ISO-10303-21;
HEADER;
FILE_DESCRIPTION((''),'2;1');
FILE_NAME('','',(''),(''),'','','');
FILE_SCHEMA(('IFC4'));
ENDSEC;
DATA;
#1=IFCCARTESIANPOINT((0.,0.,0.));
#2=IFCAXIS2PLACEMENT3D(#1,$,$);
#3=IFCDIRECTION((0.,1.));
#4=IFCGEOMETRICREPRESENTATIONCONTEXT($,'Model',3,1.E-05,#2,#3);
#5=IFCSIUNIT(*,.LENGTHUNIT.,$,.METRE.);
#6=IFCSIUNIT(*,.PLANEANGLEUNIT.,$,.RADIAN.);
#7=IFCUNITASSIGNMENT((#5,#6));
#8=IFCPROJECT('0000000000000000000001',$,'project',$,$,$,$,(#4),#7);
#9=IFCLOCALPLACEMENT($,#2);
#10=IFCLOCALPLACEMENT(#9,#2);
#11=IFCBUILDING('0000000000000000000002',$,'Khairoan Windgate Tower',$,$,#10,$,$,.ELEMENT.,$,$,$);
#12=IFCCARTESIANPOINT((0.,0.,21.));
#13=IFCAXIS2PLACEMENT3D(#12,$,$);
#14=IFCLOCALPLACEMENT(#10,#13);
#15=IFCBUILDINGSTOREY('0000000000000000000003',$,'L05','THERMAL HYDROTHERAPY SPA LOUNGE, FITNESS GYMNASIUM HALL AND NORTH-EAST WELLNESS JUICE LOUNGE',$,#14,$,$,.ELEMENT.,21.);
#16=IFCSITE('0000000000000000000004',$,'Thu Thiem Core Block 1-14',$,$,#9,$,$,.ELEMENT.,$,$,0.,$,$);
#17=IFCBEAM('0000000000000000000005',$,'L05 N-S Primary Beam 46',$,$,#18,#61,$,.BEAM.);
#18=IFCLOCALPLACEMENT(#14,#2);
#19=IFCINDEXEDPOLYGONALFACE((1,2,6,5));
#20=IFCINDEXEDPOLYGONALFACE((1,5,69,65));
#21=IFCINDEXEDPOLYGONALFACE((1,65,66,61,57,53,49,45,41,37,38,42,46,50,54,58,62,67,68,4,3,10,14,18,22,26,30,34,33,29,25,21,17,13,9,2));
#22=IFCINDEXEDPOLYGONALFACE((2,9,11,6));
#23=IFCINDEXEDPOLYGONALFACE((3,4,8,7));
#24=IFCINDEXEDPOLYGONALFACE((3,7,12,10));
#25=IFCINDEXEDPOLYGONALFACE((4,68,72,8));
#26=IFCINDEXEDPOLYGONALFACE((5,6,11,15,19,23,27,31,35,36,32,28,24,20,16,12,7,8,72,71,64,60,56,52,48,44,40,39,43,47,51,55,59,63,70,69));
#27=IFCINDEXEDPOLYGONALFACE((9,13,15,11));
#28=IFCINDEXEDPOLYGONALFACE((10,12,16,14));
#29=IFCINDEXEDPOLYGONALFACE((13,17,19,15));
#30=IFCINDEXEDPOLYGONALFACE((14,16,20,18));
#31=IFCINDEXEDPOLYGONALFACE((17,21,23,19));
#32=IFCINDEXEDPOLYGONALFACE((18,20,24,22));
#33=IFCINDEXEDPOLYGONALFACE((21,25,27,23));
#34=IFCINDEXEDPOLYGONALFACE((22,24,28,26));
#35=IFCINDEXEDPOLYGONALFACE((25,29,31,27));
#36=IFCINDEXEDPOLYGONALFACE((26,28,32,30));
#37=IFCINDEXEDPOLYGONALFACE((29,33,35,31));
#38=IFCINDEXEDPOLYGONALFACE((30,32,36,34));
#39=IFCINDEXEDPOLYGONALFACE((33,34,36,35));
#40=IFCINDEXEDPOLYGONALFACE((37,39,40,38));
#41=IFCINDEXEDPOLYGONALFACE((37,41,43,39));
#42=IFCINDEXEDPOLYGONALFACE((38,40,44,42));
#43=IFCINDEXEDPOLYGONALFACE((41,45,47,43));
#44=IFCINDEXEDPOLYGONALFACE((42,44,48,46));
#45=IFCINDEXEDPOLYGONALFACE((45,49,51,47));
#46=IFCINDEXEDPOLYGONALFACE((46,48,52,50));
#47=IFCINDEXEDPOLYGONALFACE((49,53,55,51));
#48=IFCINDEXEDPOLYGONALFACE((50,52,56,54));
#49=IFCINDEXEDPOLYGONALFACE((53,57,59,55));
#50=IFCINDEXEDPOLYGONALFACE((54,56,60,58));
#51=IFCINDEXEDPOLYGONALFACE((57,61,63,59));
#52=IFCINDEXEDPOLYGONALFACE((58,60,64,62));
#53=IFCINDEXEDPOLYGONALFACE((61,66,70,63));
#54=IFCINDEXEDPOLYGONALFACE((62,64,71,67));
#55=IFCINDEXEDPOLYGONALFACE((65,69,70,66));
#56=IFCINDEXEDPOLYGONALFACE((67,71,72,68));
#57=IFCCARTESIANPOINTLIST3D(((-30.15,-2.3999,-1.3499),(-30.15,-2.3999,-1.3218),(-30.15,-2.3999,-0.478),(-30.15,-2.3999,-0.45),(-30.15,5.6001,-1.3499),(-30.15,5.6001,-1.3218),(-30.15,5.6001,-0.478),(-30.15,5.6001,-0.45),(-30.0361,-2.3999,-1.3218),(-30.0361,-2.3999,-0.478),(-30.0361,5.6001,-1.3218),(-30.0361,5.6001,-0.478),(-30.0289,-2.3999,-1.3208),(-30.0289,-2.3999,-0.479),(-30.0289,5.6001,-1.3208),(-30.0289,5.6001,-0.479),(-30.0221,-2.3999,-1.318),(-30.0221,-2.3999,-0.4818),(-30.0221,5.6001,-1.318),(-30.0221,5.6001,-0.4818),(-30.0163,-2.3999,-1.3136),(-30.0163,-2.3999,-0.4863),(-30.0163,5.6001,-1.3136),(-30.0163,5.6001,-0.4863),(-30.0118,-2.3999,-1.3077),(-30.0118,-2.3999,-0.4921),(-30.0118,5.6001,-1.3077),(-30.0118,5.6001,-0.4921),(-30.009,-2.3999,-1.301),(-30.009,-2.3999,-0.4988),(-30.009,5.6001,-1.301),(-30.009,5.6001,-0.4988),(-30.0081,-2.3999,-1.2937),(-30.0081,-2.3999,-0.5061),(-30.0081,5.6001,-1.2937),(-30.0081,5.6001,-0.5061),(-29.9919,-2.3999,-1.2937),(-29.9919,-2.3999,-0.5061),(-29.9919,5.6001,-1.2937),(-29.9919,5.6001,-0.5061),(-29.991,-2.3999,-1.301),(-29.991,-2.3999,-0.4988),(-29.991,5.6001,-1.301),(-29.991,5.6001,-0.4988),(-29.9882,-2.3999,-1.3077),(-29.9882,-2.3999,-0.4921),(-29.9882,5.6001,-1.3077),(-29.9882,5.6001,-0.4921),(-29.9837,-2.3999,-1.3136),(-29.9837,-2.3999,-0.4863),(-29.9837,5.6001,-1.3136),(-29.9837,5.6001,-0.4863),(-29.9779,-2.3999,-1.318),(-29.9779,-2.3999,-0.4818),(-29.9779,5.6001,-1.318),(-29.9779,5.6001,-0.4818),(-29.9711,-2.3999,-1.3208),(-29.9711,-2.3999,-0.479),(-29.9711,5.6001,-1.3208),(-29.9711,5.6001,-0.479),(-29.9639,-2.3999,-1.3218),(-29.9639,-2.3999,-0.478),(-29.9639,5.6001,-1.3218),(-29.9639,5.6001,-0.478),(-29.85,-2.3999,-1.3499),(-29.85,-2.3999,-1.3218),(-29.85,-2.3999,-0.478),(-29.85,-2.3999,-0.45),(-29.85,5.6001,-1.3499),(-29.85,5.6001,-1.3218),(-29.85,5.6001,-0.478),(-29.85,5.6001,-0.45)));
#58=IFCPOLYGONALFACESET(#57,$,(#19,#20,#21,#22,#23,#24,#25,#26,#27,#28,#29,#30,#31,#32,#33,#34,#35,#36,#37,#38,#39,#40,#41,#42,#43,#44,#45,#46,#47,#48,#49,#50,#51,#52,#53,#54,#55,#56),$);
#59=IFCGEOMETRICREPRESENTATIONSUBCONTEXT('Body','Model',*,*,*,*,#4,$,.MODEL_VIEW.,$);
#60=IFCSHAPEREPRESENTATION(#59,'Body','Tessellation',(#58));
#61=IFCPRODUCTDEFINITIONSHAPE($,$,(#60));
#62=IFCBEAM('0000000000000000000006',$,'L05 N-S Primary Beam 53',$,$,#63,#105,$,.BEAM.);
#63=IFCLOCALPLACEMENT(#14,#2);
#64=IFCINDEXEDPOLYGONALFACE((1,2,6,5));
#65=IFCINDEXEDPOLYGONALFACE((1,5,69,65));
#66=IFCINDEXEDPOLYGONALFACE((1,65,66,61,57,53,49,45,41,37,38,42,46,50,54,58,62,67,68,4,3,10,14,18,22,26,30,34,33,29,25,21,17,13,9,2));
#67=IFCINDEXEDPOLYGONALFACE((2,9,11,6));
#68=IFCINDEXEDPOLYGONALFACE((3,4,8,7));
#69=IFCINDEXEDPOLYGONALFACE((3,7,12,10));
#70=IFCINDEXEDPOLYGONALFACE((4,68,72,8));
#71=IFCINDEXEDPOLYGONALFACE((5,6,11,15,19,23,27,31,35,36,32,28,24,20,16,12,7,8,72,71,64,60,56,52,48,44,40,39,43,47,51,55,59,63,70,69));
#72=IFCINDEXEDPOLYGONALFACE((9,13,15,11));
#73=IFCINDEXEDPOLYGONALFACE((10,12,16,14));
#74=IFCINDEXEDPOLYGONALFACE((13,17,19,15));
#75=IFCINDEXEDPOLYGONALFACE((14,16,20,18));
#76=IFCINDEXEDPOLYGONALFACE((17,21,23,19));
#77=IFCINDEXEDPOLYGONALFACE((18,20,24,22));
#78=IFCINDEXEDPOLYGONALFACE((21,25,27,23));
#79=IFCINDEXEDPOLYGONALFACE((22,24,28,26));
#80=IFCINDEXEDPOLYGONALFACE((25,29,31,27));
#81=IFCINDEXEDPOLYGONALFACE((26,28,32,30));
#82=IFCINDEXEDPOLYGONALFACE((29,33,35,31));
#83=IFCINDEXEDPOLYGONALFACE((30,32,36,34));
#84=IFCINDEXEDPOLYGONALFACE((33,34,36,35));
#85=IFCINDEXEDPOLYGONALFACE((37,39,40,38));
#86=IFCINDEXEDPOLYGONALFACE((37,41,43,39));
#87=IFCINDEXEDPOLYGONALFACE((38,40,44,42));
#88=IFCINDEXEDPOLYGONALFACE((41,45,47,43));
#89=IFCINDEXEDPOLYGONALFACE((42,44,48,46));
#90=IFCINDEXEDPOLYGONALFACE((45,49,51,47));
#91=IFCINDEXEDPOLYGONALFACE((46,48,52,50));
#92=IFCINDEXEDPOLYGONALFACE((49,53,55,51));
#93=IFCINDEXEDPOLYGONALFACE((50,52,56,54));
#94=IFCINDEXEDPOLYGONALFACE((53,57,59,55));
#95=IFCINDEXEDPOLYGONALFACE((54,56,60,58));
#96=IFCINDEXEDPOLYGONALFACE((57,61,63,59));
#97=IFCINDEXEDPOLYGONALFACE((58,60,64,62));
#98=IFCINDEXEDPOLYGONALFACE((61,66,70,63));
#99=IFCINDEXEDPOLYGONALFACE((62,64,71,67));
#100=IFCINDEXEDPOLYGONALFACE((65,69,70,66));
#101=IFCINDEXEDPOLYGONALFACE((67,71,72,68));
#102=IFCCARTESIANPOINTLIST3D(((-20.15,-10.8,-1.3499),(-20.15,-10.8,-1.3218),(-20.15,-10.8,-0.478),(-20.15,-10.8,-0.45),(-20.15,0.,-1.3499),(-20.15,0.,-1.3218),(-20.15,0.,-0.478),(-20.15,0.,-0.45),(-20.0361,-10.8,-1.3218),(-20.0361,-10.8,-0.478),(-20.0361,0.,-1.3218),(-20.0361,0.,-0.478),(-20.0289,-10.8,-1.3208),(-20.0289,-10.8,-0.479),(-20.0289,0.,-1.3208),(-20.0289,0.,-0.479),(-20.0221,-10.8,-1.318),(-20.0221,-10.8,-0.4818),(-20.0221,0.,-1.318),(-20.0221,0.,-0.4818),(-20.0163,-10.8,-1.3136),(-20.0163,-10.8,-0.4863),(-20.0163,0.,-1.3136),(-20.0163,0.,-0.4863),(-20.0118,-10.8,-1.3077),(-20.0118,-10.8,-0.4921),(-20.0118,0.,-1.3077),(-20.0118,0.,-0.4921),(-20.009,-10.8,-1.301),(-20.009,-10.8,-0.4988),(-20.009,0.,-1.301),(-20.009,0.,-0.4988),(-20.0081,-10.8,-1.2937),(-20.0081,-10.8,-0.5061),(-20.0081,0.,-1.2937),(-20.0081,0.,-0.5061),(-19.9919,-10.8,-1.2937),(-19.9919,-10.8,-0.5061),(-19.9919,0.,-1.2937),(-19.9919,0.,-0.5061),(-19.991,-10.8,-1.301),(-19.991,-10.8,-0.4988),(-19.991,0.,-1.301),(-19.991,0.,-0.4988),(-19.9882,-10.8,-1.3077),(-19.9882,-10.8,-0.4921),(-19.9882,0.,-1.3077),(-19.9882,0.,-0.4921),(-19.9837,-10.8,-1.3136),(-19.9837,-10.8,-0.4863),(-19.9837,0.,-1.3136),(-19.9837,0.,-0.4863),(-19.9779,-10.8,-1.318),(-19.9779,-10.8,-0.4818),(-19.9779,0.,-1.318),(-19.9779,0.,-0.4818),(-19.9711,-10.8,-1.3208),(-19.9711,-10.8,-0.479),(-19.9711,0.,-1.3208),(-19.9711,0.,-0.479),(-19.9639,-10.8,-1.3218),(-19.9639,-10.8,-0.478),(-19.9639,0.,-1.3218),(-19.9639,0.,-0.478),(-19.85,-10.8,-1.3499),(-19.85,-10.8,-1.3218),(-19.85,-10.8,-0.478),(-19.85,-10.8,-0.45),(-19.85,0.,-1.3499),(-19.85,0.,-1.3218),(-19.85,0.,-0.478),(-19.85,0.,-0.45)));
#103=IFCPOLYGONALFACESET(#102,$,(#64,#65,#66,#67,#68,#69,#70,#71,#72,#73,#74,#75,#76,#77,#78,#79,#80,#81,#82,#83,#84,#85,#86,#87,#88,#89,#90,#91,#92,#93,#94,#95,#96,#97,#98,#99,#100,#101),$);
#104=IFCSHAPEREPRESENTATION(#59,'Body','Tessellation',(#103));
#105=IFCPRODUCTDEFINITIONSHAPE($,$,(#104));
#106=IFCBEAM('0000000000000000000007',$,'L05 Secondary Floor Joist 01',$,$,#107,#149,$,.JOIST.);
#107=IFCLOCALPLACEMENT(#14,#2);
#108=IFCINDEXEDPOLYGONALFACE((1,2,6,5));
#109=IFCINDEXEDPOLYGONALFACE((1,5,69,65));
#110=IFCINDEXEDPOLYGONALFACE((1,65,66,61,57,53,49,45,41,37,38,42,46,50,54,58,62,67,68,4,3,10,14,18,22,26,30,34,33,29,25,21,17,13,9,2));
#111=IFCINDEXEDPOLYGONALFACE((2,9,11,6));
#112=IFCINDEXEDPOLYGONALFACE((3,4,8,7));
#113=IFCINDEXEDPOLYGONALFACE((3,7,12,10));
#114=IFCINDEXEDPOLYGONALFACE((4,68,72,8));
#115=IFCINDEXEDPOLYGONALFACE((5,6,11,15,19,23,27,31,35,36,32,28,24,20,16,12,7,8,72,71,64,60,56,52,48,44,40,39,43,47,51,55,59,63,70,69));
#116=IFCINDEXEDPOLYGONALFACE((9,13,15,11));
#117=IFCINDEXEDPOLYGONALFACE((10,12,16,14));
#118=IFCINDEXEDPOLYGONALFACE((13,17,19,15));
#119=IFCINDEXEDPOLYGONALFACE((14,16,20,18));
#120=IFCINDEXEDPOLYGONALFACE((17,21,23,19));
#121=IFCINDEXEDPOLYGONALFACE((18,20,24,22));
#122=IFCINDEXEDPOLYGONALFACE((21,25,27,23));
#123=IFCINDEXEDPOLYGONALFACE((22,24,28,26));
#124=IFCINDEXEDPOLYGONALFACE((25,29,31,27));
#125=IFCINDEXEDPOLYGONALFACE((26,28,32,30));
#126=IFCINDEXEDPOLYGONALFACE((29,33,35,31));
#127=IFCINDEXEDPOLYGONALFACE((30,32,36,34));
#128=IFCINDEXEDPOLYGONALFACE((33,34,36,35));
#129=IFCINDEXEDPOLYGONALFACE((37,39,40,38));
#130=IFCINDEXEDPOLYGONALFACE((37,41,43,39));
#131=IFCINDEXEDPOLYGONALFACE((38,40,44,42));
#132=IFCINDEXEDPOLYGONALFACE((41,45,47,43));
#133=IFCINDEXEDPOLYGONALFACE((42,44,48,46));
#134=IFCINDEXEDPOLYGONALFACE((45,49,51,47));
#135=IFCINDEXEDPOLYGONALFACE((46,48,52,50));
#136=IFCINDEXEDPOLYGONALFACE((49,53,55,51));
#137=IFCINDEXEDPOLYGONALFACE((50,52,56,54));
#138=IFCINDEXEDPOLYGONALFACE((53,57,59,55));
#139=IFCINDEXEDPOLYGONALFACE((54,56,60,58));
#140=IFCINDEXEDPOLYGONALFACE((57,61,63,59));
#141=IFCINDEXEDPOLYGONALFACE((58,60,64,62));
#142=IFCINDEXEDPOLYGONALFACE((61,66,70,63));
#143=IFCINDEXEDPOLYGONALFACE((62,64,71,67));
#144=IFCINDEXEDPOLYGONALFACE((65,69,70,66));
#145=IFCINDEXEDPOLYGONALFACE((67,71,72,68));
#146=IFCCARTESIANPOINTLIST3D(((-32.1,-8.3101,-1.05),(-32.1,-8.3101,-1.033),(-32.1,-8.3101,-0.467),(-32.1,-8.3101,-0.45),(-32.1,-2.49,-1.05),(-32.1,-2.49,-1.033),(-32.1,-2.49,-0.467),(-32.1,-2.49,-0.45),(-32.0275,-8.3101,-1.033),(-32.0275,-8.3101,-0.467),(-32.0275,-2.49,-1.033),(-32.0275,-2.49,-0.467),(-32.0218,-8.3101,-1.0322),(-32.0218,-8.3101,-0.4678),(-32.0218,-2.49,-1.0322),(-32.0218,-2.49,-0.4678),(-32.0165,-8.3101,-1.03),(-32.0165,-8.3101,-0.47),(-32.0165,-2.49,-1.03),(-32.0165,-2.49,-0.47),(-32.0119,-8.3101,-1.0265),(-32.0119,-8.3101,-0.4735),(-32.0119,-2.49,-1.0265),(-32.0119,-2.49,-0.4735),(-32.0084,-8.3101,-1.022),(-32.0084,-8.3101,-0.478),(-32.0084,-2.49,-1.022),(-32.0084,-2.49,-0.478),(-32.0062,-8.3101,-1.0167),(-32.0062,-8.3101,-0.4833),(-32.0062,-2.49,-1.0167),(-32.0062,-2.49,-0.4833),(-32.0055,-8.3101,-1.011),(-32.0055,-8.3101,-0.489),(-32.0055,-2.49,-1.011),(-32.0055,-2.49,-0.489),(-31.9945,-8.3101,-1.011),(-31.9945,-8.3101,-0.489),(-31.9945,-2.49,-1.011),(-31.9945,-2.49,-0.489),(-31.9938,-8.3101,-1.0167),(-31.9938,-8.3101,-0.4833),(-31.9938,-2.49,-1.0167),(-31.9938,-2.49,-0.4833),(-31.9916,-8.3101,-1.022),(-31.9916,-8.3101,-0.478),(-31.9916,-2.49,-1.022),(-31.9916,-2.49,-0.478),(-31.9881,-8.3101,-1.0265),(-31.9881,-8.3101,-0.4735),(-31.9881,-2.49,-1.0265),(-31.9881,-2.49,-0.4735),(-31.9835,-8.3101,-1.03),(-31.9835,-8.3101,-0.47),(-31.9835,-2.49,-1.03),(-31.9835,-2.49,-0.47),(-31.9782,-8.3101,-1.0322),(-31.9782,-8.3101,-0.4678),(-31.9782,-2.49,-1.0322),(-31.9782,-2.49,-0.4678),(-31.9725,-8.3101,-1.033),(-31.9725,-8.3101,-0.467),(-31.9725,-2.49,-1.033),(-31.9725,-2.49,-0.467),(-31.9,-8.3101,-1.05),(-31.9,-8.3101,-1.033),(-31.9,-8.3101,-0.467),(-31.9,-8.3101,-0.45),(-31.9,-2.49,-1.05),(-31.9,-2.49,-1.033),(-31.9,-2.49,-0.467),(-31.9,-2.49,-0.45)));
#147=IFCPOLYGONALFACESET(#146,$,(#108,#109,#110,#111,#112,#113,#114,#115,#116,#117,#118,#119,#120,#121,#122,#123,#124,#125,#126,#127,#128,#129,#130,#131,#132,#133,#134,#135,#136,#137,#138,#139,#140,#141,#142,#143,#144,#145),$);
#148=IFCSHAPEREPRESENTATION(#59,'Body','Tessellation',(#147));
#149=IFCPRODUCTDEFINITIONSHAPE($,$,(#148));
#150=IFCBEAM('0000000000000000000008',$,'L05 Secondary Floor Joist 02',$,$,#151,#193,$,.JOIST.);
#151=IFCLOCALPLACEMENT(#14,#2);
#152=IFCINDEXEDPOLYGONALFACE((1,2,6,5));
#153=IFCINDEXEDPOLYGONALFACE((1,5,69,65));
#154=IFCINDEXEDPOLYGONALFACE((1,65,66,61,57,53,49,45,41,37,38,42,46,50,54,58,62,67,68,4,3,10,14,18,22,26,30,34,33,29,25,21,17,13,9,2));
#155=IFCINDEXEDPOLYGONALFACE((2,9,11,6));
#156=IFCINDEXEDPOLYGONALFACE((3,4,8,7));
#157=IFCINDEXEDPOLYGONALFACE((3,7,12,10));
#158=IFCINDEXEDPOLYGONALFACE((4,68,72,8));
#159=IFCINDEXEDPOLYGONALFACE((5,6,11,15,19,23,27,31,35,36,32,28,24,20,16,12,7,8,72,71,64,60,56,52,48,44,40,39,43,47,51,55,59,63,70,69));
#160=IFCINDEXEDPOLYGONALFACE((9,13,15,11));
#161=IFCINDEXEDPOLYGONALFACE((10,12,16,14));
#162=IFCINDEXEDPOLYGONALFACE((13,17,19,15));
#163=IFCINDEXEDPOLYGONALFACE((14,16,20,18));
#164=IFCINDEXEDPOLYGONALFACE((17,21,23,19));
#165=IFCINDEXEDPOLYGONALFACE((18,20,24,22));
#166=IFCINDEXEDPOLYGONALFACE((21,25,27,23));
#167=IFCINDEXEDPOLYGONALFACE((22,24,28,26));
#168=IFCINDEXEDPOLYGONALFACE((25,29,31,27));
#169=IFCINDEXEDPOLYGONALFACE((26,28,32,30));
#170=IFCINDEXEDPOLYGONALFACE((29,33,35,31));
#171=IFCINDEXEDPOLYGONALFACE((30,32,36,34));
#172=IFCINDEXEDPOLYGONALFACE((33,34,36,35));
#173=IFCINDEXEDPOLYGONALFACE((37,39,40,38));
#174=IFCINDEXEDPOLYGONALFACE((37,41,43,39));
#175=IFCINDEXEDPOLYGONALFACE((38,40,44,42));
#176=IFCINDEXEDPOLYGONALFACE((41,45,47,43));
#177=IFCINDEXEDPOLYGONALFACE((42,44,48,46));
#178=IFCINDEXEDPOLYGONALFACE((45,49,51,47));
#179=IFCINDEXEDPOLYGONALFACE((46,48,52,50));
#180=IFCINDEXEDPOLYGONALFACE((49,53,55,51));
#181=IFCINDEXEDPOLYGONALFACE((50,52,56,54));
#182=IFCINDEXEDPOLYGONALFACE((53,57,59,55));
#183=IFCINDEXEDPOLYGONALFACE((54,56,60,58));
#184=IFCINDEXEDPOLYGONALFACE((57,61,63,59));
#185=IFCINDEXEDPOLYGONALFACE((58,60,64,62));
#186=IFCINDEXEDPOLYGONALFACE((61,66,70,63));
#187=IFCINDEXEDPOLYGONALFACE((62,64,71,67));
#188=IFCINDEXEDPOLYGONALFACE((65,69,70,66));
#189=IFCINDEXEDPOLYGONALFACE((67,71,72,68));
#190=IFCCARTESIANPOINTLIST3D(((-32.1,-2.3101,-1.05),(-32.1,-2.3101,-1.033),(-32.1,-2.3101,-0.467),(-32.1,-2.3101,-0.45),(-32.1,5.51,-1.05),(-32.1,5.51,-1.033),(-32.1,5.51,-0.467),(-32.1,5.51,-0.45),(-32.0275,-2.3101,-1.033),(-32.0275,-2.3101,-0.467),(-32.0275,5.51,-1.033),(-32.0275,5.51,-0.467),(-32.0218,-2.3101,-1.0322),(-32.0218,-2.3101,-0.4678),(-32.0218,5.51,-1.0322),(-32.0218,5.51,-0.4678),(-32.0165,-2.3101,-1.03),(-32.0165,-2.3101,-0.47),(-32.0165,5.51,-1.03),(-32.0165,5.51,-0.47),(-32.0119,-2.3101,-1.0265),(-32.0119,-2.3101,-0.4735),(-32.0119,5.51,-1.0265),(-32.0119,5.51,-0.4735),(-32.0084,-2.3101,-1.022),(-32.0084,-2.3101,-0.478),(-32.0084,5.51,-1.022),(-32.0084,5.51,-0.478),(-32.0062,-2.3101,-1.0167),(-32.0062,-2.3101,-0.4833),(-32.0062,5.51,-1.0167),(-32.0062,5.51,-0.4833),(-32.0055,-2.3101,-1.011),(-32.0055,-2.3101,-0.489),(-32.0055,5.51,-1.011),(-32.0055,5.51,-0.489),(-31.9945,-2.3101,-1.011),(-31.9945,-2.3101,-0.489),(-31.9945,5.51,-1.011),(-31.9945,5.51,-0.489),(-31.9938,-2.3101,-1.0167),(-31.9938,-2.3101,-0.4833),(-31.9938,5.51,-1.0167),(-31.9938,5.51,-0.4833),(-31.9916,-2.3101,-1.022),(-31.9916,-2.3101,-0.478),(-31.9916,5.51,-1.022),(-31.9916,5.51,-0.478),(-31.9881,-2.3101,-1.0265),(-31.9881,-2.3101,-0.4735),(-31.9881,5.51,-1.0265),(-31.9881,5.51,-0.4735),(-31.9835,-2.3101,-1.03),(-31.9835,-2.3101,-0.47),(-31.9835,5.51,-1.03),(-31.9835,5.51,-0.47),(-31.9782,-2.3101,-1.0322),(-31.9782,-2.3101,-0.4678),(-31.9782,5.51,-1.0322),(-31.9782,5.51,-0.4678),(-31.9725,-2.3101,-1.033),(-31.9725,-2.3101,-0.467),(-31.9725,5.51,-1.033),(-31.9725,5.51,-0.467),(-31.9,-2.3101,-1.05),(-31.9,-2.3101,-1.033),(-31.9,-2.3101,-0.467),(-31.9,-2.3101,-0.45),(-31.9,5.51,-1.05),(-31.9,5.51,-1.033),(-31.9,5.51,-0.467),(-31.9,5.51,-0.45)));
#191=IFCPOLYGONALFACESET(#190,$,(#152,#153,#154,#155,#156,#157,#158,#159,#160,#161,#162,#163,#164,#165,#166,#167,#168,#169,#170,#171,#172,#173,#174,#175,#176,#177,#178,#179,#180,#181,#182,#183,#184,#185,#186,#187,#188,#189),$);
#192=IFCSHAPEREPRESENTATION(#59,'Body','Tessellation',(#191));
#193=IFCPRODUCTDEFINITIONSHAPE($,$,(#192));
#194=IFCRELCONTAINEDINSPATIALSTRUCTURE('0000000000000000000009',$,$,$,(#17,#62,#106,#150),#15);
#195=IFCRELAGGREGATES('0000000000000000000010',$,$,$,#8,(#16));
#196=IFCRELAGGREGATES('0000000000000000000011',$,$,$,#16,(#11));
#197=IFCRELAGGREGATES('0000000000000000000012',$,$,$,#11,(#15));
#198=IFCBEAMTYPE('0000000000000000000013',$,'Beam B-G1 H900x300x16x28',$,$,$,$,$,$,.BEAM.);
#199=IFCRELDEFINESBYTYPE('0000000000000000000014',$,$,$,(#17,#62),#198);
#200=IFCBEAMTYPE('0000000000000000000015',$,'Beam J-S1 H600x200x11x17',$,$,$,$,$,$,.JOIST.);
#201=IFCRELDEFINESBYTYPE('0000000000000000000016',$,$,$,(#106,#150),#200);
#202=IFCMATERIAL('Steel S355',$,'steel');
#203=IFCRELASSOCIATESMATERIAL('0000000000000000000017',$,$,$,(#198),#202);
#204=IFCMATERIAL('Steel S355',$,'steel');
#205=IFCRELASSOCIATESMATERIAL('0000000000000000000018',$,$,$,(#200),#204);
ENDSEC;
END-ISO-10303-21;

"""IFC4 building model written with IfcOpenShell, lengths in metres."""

from ifc_helpers import new_model, si_unit, direction, frame, origin, origin_2d, place, context, subcontext, project, spatial, i_section, extrude, material, material_profile, profile_set, type_object, element, save


model = new_model("IFC4")

# Units and contexts
model_context = context("Model", 3, precision=1e-05, world=origin(), true_north=direction((0.0, 1.0)))
body_context = subcontext(model_context, "Body", "Model", "MODEL_VIEW")
ifc_project = project(units=[si_unit("LENGTHUNIT", "METRE"), si_unit("PLANEANGLEUNIT", "RADIAN")], contexts=[model_context])

# Site, building, storey
site_placement = place(None, origin())
site = spatial("IfcSite", under=ifc_project, at=site_placement, Name="Thu Thiem Core Block 1-14", CompositionType="ELEMENT", RefElevation=0.0)
building_placement = place(site_placement, origin())
building = spatial("IfcBuilding", under=site, at=building_placement, Name="Khairoan Windgate Tower", CompositionType="ELEMENT")
storey_placement = place(building_placement, frame((0.0, 0.0, 21.0)))
storey = spatial("IfcBuildingStorey", under=building, at=storey_placement, Name="L05", Description="THERMAL HYDROTHERAPY SPA LOUNGE, FITNESS GYMNASIUM HALL AND NORTH-EAST WELLNESS JUICE LOUNGE", CompositionType="ELEMENT", Elevation=21.0)

# Beams
ifc_material_1 = material(Name="Steel S355", Category="steel")
ifc_material_profile_1 = material_profile(ifc_material_1, i_section(OverallWidth=0.3, OverallDepth=0.8999, WebThickness=0.0161, FlangeThickness=0.0281, FilletRadius=0.0281, at=origin_2d()))
ifc_profile_set_1 = profile_set([ifc_material_profile_1], Name="Steel S355")
beam_type_1 = type_object("IfcBeamType", Name="Beam B-G1 H900x300x16x28", PredefinedType="BEAM", material=ifc_profile_set_1)
beam_1_placement = place(storey_placement, frame((-30.0, -2.3999, -0.8999), z_axis=(0.0, 1.0, 0.0), x_axis=(-1.0, 0.0, 0.0)))
element("IfcBeam", 1, at=beam_1_placement, inside=storey, type_object=beam_type_1, Name="L05 N-S Primary Beam 46", PredefinedType="BEAM", context=body_context, shape_type="SweptSolid", body=[
    extrude(i_section(OverallWidth=0.3, OverallDepth=0.8999, WebThickness=0.0161, FlangeThickness=0.0281, FilletRadius=0.0281, at=origin_2d()), origin(), (0.0, 0.0, 1.0), 8.0),
])
beam_2_placement = place(storey_placement, frame((-20.0, -10.8, -0.8999), z_axis=(0.0, 1.0, 0.0), x_axis=(-1.0, 0.0, 0.0)))
element("IfcBeam", 2, at=beam_2_placement, inside=storey, type_object=beam_type_1, Name="L05 N-S Primary Beam 53", PredefinedType="BEAM", context=body_context, shape_type="SweptSolid", body=[
    extrude(i_section(OverallWidth=0.3, OverallDepth=0.8999, WebThickness=0.0161, FlangeThickness=0.0281, FilletRadius=0.0281, at=origin_2d()), origin(), (0.0, 0.0, 1.0), 10.8),
])
ifc_material_2 = material(Name="Steel S355", Category="steel")
ifc_material_profile_2 = material_profile(ifc_material_2, i_section(OverallWidth=0.2, OverallDepth=0.6001, WebThickness=0.011, FlangeThickness=0.0171, FilletRadius=0.022, at=origin_2d()))
ifc_profile_set_2 = profile_set([ifc_material_profile_2], Name="Steel S355")
beam_type_2 = type_object("IfcBeamType", Name="Beam J-S1 H600x200x11x17", PredefinedType="JOIST", material=ifc_profile_set_2)
beam_3_placement = place(storey_placement, frame((-32.0, -8.3101, -0.75), z_axis=(0.0, 1.0, 0.0), x_axis=(-1.0, 0.0, 0.0)))
element("IfcBeam", 3, at=beam_3_placement, inside=storey, type_object=beam_type_2, Name="L05 Secondary Floor Joist 01", PredefinedType="JOIST", context=body_context, shape_type="SweptSolid", body=[
    extrude(i_section(OverallWidth=0.2, OverallDepth=0.6001, WebThickness=0.011, FlangeThickness=0.0171, FilletRadius=0.022, at=origin_2d()), origin(), (0.0, 0.0, 1.0), 5.8201),
])
beam_4_placement = place(storey_placement, frame((-32.0, -2.3101, -0.75), z_axis=(0.0, 1.0, 0.0), x_axis=(-1.0, 0.0, 0.0)))
element("IfcBeam", 4, at=beam_4_placement, inside=storey, type_object=beam_type_2, Name="L05 Secondary Floor Joist 02", PredefinedType="JOIST", context=body_context, shape_type="SweptSolid", body=[
    extrude(i_section(OverallWidth=0.2, OverallDepth=0.6001, WebThickness=0.011, FlangeThickness=0.0171, FilletRadius=0.022, at=origin_2d()), origin(), (0.0, 0.0, 1.0), 7.8201),
])

save(model, "model.ifc")
